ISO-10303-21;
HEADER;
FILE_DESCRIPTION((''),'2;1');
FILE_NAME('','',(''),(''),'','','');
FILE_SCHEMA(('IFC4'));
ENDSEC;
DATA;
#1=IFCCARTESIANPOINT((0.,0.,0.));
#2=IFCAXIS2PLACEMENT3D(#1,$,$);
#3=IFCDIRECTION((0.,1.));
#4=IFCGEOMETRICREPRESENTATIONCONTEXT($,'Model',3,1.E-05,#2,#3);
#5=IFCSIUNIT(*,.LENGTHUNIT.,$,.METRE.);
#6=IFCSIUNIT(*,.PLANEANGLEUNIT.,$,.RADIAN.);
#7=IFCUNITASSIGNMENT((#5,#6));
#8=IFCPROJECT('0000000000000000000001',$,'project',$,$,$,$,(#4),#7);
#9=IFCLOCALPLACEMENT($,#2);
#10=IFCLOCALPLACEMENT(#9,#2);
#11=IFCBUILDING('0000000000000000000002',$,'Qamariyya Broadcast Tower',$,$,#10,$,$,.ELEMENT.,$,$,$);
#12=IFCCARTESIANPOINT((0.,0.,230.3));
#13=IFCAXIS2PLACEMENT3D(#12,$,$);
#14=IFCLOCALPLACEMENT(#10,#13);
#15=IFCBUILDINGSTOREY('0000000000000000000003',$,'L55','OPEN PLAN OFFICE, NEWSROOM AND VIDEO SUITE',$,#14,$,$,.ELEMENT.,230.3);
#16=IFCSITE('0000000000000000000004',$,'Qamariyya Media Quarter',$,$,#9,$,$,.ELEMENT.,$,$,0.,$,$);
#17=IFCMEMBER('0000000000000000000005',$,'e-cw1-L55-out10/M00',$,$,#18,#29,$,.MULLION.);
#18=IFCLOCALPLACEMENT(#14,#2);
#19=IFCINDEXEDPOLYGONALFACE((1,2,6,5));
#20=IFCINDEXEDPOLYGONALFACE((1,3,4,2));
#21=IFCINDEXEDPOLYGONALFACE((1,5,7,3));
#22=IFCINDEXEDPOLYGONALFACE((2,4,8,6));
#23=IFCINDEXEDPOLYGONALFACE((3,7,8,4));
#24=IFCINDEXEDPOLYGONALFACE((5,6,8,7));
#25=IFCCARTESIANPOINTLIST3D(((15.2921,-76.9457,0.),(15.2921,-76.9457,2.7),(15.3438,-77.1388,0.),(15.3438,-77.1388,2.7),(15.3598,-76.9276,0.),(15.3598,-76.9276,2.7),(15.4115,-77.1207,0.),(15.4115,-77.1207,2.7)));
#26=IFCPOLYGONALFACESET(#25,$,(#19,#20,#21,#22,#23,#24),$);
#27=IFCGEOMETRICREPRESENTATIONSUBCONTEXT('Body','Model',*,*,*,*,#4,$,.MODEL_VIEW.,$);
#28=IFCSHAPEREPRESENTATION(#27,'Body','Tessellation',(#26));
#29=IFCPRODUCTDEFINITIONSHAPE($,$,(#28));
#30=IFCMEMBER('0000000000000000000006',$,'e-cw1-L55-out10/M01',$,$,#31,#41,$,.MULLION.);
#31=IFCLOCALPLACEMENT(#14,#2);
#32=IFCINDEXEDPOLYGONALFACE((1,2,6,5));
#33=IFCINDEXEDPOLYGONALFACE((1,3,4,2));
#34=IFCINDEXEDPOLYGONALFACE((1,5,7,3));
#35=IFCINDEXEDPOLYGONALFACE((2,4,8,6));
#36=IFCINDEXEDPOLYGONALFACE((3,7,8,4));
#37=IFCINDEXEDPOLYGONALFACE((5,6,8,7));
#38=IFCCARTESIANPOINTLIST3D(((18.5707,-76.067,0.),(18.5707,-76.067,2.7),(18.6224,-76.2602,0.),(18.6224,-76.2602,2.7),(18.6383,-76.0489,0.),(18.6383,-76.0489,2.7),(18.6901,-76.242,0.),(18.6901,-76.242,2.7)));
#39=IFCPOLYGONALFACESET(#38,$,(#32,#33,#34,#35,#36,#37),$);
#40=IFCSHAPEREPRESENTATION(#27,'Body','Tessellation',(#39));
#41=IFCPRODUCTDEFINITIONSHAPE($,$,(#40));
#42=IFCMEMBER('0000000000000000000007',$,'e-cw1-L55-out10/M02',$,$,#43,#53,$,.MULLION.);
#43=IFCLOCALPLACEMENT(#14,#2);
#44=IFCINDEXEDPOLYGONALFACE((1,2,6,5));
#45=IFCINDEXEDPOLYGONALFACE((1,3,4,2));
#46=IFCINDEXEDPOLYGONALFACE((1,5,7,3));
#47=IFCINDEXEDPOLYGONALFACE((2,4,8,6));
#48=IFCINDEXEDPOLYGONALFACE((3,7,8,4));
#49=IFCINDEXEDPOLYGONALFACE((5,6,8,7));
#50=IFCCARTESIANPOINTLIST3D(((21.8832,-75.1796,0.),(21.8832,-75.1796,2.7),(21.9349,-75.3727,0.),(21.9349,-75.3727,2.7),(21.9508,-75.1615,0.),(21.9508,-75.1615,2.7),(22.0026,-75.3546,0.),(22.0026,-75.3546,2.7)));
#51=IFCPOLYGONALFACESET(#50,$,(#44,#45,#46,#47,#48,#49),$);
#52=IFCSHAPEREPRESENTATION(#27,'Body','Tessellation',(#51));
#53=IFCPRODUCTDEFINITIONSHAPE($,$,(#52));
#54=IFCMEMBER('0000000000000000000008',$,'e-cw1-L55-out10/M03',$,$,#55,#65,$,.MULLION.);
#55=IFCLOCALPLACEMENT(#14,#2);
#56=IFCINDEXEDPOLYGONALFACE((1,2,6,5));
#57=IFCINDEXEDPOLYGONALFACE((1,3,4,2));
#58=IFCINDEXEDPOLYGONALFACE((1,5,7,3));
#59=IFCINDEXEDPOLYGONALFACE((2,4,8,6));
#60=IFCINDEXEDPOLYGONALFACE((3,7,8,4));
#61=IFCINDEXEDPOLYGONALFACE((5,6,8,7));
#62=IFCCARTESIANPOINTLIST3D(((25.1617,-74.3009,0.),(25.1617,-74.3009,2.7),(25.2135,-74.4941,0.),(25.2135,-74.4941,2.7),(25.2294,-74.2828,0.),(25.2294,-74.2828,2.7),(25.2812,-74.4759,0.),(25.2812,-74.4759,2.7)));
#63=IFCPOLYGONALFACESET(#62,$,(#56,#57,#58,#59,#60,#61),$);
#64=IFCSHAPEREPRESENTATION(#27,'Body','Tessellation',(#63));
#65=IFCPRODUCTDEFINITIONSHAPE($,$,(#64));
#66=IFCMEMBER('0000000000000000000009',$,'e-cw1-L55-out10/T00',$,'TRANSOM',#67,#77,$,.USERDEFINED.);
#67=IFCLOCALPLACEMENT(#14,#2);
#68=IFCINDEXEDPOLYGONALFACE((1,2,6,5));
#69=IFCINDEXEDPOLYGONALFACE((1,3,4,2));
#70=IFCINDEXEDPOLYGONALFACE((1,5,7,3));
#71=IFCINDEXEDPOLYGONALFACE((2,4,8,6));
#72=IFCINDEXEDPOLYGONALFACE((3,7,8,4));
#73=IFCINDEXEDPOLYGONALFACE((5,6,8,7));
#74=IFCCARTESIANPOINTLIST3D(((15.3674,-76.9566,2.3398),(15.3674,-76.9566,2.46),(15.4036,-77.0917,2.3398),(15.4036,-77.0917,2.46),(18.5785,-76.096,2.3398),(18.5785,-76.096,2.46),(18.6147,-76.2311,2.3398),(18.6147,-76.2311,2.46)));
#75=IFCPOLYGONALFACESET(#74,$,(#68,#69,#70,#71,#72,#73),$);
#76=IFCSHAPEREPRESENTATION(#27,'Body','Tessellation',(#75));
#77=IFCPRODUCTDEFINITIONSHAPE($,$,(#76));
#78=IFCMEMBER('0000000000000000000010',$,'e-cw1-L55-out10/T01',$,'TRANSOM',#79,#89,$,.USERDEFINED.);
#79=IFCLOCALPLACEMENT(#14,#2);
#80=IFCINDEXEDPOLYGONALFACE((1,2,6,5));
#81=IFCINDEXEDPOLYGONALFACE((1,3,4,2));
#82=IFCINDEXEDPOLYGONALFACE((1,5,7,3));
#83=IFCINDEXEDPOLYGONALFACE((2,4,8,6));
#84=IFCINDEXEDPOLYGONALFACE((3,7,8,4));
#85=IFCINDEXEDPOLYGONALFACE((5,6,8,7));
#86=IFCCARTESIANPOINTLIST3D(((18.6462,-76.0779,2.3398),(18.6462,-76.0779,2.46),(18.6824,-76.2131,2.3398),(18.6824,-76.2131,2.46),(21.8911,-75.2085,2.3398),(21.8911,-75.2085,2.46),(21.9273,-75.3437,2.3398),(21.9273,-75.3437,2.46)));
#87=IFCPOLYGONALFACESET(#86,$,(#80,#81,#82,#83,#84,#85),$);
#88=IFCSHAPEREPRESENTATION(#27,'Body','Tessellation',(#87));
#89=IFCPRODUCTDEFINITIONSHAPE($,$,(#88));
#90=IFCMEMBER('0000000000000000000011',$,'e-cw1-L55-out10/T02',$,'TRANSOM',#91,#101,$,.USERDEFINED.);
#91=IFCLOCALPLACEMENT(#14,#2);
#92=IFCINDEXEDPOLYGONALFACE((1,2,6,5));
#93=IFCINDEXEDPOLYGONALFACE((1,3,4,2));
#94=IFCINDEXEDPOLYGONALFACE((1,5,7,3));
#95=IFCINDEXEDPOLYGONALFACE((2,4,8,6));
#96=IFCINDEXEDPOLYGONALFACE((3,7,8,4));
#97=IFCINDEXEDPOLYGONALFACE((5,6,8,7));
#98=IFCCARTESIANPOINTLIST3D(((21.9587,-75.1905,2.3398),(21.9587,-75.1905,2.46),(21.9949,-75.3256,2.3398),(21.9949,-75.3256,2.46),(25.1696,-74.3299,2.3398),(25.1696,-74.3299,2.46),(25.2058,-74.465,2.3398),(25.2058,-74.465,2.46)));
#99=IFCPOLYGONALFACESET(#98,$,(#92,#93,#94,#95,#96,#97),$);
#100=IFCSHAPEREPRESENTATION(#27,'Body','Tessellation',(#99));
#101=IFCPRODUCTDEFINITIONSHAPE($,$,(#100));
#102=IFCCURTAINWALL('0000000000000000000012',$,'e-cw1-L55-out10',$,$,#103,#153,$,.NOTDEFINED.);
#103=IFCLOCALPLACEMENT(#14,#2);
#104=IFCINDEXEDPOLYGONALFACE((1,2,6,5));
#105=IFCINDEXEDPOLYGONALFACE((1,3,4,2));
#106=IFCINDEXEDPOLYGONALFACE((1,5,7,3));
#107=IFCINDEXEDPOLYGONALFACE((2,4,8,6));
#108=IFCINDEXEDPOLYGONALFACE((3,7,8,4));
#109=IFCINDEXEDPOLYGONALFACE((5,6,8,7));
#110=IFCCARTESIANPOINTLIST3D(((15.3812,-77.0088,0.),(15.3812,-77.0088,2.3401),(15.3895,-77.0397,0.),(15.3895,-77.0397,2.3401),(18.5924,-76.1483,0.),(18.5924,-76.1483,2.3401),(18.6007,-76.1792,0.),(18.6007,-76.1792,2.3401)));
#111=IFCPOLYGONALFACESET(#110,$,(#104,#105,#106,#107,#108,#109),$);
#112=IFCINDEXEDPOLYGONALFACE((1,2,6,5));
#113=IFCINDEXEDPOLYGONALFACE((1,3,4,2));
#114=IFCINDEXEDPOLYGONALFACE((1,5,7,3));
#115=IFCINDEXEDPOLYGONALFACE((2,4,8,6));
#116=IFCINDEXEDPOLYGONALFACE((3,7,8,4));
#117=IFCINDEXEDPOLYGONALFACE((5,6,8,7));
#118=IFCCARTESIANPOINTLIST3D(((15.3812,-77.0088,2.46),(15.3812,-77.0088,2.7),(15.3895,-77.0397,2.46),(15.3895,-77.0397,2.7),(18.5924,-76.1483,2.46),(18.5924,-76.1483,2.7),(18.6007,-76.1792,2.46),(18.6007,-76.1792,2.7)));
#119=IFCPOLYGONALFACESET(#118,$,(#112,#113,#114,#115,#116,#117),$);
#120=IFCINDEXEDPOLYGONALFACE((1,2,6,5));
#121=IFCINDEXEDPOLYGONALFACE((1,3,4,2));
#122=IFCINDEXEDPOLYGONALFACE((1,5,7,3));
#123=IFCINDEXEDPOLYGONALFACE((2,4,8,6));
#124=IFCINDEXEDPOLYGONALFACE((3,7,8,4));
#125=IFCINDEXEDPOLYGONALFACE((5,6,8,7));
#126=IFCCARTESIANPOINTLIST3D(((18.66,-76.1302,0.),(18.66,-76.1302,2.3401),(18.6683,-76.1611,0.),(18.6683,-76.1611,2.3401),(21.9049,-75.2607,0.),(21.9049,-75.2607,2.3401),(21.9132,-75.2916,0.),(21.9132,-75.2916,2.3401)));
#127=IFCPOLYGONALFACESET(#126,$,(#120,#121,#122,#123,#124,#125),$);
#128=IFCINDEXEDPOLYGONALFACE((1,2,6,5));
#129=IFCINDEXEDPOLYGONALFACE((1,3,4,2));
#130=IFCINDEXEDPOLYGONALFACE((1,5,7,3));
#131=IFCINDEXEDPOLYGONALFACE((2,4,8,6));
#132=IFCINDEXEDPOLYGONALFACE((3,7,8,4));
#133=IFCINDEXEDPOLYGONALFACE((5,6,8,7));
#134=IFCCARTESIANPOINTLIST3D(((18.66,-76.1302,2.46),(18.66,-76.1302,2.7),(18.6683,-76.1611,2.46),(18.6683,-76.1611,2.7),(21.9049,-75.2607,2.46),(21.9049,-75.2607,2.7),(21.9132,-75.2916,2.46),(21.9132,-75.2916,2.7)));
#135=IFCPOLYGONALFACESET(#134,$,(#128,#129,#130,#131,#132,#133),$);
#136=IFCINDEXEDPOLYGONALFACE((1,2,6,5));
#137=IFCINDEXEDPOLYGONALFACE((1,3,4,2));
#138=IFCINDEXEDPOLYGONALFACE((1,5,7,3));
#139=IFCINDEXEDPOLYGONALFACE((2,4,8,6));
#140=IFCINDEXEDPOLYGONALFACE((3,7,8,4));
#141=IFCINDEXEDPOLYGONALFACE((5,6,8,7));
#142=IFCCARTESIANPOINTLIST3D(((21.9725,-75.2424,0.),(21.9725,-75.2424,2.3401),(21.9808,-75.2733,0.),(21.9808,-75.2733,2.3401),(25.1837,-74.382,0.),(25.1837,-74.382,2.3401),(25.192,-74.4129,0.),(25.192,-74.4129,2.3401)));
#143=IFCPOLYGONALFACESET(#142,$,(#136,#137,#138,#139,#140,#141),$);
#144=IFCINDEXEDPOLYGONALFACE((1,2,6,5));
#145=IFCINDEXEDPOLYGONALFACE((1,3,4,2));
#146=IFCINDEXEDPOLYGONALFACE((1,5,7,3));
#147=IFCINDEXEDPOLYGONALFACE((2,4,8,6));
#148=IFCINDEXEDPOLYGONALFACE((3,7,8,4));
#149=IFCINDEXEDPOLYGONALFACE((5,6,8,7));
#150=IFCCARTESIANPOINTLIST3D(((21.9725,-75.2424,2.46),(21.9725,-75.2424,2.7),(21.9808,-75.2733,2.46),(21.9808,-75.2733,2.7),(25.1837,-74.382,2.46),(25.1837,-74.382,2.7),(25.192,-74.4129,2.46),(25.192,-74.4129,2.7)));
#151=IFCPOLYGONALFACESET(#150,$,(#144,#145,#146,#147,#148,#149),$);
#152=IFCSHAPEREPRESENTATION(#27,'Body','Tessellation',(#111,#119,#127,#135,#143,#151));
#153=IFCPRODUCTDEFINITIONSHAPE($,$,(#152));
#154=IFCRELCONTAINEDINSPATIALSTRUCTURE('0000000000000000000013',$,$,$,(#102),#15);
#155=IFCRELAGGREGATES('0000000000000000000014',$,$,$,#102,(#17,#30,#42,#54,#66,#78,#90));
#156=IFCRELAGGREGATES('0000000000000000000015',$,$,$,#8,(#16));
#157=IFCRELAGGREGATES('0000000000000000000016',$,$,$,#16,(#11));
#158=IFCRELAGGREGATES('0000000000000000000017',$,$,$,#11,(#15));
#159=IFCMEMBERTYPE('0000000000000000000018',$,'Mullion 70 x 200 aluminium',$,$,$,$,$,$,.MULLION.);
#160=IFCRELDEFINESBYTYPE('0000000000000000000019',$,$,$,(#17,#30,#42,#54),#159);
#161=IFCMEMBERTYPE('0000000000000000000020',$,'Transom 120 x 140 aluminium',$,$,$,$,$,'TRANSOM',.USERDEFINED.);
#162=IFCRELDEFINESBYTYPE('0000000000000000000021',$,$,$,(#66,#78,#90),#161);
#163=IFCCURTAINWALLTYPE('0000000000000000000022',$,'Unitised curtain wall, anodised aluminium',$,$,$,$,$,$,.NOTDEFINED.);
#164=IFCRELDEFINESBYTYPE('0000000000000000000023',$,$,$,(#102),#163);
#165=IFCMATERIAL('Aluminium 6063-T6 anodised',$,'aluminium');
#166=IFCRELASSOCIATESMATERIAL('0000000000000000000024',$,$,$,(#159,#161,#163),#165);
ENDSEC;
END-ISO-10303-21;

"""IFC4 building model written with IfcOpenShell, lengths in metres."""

from ifc_helpers import new_model, si_unit, direction, frame, origin, origin_2d, place, context, subcontext, project, spatial, rectangle, extrude, material, material_profile, profile_set, type_object, element, aggregate, save


model = new_model("IFC4")

# Units and contexts
model_context = context("Model", 3, precision=1e-05, world=origin(), true_north=direction((0.0, 1.0)))
body_context = subcontext(model_context, "Body", "Model", "MODEL_VIEW")
ifc_project = project(units=[si_unit("LENGTHUNIT", "METRE"), si_unit("PLANEANGLEUNIT", "RADIAN")], contexts=[model_context])

# Members
ifc_material = material(Name="Aluminium 6063-T6 anodised", Category="aluminium")
ifc_material_profile_1 = material_profile(ifc_material, rectangle(XDim=0.2, YDim=0.0701, at=origin_2d()))
ifc_profile_set_1 = profile_set([ifc_material_profile_1], Name="Aluminium 6063-T6 anodised")
member_type_1 = type_object("IfcMemberType", Name="Mullion 70 x 200 aluminium", PredefinedType="MULLION", material=ifc_profile_set_1)
site_placement = place(None, origin())
building_placement = place(site_placement, origin())
storey_placement = place(building_placement, frame((0.0, 0.0, 230.3)))
member_1_placement = place(storey_placement, frame((15.3518, -77.0332, 0.0), z_axis=(0.0, 0.0, 1.0), x_axis=(-0.258819, 0.965926, 0.0)))
member_1 = element("IfcMember", 1, at=member_1_placement, type_object=member_type_1, Name="e-cw1-L55-out10/M00", PredefinedType="MULLION", context=body_context, shape_type="SweptSolid", body=[
    extrude(rectangle(XDim=0.2, YDim=0.0701, at=origin_2d()), origin(), (0.0, 0.0, 1.0), 2.7),
])
member_2_placement = place(storey_placement, frame((18.6304, -76.1545, 0.0), z_axis=(0.0, 0.0, 1.0), x_axis=(-0.258819, 0.965926, 0.0)))
member_2 = element("IfcMember", 2, at=member_2_placement, type_object=member_type_1, Name="e-cw1-L55-out10/M01", PredefinedType="MULLION", context=body_context, shape_type="SweptSolid", body=[
    extrude(rectangle(XDim=0.2, YDim=0.0701, at=origin_2d()), origin(), (0.0, 0.0, 1.0), 2.7),
])
member_3_placement = place(storey_placement, frame((21.9429, -75.2671, 0.0), z_axis=(0.0, 0.0, 1.0), x_axis=(-0.258819, 0.965926, 0.0)))
member_3 = element("IfcMember", 3, at=member_3_placement, type_object=member_type_1, Name="e-cw1-L55-out10/M02", PredefinedType="MULLION", context=body_context, shape_type="SweptSolid", body=[
    extrude(rectangle(XDim=0.2, YDim=0.0701, at=origin_2d()), origin(), (0.0, 0.0, 1.0), 2.7),
])
member_4_placement = place(storey_placement, frame((25.2214, -74.3884, 0.0), z_axis=(0.0, 0.0, 1.0), x_axis=(-0.258819, 0.965926, 0.0)))
member_4 = element("IfcMember", 4, at=member_4_placement, type_object=member_type_1, Name="e-cw1-L55-out10/M03", PredefinedType="MULLION", context=body_context, shape_type="SweptSolid", body=[
    extrude(rectangle(XDim=0.2, YDim=0.0701, at=origin_2d()), origin(), (0.0, 0.0, 1.0), 2.7),
])
ifc_material_profile_2 = material_profile(ifc_material, rectangle(XDim=0.1399, YDim=0.1201, at=origin_2d()))
ifc_profile_set_2 = profile_set([ifc_material_profile_2], Name="Aluminium 6063-T6 anodised")
member_type_2 = type_object("IfcMemberType", Name="Transom 120 x 140 aluminium", ElementType="TRANSOM", PredefinedType="USERDEFINED", material=ifc_profile_set_2)
member_5_placement = place(storey_placement, frame((15.3855, -77.0242, 2.3999), z_axis=(0.965914, 0.258865, 0.0), x_axis=(-0.258865, 0.965914, 0.0)))
member_5 = element("IfcMember", 5, at=member_5_placement, type_object=member_type_2, Name="e-cw1-L55-out10/T00", ObjectType="TRANSOM", PredefinedType="USERDEFINED", context=body_context, shape_type="SweptSolid", body=[
    extrude(rectangle(XDim=0.1399, YDim=0.1201, at=origin_2d()), origin(), (0.0, 0.0, 1.0), 3.3245),
])
member_6_placement = place(storey_placement, frame((18.6643, -76.1455, 2.3999), z_axis=(0.965932, 0.258798, 0.0), x_axis=(-0.258798, 0.965932, 0.0)))
member_6 = element("IfcMember", 6, at=member_6_placement, type_object=member_type_2, Name="e-cw1-L55-out10/T01", ObjectType="TRANSOM", PredefinedType="USERDEFINED", context=body_context, shape_type="SweptSolid", body=[
    extrude(rectangle(XDim=0.1399, YDim=0.1201, at=origin_2d()), origin(), (0.0, 0.0, 1.0), 3.3594),
])
member_7_placement = place(storey_placement, frame((21.9768, -75.2581, 2.3999), z_axis=(0.965909, 0.258883, 0.0), x_axis=(-0.258883, 0.965909, 0.0)))
member_7 = element("IfcMember", 7, at=member_7_placement, type_object=member_type_2, Name="e-cw1-L55-out10/T02", ObjectType="TRANSOM", PredefinedType="USERDEFINED", context=body_context, shape_type="SweptSolid", body=[
    extrude(rectangle(XDim=0.1399, YDim=0.1201, at=origin_2d()), origin(), (0.0, 0.0, 1.0), 3.3242),
])

# Site, building, storey
site = spatial("IfcSite", under=ifc_project, at=site_placement, Name="Qamariyya Media Quarter", CompositionType="ELEMENT", RefElevation=0.0)
building = spatial("IfcBuilding", under=site, at=building_placement, Name="Qamariyya Broadcast Tower", CompositionType="ELEMENT")
storey = spatial("IfcBuildingStorey", under=building, at=storey_placement, Name="L55", Description="OPEN PLAN OFFICE, NEWSROOM AND VIDEO SUITE", CompositionType="ELEMENT", Elevation=230.3)

# Curtain wall
curtain_wall_type = type_object("IfcCurtainWallType", Name="Unitised curtain wall, anodised aluminium", PredefinedType="NOTDEFINED", material=ifc_material)
curtain_wall_1_placement = place(storey_placement, origin())
curtain_wall_1 = element("IfcCurtainWall", 8, at=curtain_wall_1_placement, inside=storey, type_object=curtain_wall_type, Name="e-cw1-L55-out10", PredefinedType="NOTDEFINED", context=body_context, shape_type="SweptSolid", body=[
    extrude(rectangle(XDim=3.3245, YDim=0.032, at=origin_2d()), frame((16.991, -76.594, 0.0), x_axis=(0.965923, 0.258828, 0.0)), (0.0, 0.0, 1.0), 2.3401),
    extrude(rectangle(XDim=3.3245, YDim=0.032, at=origin_2d()), frame((16.991, -76.594, 2.46), x_axis=(0.965923, 0.258828, 0.0)), (0.0, 0.0, 1.0), 0.24),
    extrude(rectangle(XDim=3.3594, YDim=0.032, at=origin_2d()), frame((20.2866, -75.7109, 0.0), x_axis=(0.965923, 0.258828, 0.0)), (0.0, 0.0, 1.0), 2.3401),
    extrude(rectangle(XDim=3.3594, YDim=0.032, at=origin_2d()), frame((20.2866, -75.7109, 2.46), x_axis=(0.965923, 0.258828, 0.0)), (0.0, 0.0, 1.0), 0.24),
    extrude(rectangle(XDim=3.3245, YDim=0.032, at=origin_2d()), frame((23.5823, -74.8276, 0.0), x_axis=(0.965923, 0.258828, 0.0)), (0.0, 0.0, 1.0), 2.3401),
    extrude(rectangle(XDim=3.3245, YDim=0.032, at=origin_2d()), frame((23.5823, -74.8276, 2.46), x_axis=(0.965923, 0.258828, 0.0)), (0.0, 0.0, 1.0), 0.24),
])
aggregate(curtain_wall_1, [member_1, member_2, member_3, member_4, member_5, member_6, member_7])

save(model, "model.ifc")
